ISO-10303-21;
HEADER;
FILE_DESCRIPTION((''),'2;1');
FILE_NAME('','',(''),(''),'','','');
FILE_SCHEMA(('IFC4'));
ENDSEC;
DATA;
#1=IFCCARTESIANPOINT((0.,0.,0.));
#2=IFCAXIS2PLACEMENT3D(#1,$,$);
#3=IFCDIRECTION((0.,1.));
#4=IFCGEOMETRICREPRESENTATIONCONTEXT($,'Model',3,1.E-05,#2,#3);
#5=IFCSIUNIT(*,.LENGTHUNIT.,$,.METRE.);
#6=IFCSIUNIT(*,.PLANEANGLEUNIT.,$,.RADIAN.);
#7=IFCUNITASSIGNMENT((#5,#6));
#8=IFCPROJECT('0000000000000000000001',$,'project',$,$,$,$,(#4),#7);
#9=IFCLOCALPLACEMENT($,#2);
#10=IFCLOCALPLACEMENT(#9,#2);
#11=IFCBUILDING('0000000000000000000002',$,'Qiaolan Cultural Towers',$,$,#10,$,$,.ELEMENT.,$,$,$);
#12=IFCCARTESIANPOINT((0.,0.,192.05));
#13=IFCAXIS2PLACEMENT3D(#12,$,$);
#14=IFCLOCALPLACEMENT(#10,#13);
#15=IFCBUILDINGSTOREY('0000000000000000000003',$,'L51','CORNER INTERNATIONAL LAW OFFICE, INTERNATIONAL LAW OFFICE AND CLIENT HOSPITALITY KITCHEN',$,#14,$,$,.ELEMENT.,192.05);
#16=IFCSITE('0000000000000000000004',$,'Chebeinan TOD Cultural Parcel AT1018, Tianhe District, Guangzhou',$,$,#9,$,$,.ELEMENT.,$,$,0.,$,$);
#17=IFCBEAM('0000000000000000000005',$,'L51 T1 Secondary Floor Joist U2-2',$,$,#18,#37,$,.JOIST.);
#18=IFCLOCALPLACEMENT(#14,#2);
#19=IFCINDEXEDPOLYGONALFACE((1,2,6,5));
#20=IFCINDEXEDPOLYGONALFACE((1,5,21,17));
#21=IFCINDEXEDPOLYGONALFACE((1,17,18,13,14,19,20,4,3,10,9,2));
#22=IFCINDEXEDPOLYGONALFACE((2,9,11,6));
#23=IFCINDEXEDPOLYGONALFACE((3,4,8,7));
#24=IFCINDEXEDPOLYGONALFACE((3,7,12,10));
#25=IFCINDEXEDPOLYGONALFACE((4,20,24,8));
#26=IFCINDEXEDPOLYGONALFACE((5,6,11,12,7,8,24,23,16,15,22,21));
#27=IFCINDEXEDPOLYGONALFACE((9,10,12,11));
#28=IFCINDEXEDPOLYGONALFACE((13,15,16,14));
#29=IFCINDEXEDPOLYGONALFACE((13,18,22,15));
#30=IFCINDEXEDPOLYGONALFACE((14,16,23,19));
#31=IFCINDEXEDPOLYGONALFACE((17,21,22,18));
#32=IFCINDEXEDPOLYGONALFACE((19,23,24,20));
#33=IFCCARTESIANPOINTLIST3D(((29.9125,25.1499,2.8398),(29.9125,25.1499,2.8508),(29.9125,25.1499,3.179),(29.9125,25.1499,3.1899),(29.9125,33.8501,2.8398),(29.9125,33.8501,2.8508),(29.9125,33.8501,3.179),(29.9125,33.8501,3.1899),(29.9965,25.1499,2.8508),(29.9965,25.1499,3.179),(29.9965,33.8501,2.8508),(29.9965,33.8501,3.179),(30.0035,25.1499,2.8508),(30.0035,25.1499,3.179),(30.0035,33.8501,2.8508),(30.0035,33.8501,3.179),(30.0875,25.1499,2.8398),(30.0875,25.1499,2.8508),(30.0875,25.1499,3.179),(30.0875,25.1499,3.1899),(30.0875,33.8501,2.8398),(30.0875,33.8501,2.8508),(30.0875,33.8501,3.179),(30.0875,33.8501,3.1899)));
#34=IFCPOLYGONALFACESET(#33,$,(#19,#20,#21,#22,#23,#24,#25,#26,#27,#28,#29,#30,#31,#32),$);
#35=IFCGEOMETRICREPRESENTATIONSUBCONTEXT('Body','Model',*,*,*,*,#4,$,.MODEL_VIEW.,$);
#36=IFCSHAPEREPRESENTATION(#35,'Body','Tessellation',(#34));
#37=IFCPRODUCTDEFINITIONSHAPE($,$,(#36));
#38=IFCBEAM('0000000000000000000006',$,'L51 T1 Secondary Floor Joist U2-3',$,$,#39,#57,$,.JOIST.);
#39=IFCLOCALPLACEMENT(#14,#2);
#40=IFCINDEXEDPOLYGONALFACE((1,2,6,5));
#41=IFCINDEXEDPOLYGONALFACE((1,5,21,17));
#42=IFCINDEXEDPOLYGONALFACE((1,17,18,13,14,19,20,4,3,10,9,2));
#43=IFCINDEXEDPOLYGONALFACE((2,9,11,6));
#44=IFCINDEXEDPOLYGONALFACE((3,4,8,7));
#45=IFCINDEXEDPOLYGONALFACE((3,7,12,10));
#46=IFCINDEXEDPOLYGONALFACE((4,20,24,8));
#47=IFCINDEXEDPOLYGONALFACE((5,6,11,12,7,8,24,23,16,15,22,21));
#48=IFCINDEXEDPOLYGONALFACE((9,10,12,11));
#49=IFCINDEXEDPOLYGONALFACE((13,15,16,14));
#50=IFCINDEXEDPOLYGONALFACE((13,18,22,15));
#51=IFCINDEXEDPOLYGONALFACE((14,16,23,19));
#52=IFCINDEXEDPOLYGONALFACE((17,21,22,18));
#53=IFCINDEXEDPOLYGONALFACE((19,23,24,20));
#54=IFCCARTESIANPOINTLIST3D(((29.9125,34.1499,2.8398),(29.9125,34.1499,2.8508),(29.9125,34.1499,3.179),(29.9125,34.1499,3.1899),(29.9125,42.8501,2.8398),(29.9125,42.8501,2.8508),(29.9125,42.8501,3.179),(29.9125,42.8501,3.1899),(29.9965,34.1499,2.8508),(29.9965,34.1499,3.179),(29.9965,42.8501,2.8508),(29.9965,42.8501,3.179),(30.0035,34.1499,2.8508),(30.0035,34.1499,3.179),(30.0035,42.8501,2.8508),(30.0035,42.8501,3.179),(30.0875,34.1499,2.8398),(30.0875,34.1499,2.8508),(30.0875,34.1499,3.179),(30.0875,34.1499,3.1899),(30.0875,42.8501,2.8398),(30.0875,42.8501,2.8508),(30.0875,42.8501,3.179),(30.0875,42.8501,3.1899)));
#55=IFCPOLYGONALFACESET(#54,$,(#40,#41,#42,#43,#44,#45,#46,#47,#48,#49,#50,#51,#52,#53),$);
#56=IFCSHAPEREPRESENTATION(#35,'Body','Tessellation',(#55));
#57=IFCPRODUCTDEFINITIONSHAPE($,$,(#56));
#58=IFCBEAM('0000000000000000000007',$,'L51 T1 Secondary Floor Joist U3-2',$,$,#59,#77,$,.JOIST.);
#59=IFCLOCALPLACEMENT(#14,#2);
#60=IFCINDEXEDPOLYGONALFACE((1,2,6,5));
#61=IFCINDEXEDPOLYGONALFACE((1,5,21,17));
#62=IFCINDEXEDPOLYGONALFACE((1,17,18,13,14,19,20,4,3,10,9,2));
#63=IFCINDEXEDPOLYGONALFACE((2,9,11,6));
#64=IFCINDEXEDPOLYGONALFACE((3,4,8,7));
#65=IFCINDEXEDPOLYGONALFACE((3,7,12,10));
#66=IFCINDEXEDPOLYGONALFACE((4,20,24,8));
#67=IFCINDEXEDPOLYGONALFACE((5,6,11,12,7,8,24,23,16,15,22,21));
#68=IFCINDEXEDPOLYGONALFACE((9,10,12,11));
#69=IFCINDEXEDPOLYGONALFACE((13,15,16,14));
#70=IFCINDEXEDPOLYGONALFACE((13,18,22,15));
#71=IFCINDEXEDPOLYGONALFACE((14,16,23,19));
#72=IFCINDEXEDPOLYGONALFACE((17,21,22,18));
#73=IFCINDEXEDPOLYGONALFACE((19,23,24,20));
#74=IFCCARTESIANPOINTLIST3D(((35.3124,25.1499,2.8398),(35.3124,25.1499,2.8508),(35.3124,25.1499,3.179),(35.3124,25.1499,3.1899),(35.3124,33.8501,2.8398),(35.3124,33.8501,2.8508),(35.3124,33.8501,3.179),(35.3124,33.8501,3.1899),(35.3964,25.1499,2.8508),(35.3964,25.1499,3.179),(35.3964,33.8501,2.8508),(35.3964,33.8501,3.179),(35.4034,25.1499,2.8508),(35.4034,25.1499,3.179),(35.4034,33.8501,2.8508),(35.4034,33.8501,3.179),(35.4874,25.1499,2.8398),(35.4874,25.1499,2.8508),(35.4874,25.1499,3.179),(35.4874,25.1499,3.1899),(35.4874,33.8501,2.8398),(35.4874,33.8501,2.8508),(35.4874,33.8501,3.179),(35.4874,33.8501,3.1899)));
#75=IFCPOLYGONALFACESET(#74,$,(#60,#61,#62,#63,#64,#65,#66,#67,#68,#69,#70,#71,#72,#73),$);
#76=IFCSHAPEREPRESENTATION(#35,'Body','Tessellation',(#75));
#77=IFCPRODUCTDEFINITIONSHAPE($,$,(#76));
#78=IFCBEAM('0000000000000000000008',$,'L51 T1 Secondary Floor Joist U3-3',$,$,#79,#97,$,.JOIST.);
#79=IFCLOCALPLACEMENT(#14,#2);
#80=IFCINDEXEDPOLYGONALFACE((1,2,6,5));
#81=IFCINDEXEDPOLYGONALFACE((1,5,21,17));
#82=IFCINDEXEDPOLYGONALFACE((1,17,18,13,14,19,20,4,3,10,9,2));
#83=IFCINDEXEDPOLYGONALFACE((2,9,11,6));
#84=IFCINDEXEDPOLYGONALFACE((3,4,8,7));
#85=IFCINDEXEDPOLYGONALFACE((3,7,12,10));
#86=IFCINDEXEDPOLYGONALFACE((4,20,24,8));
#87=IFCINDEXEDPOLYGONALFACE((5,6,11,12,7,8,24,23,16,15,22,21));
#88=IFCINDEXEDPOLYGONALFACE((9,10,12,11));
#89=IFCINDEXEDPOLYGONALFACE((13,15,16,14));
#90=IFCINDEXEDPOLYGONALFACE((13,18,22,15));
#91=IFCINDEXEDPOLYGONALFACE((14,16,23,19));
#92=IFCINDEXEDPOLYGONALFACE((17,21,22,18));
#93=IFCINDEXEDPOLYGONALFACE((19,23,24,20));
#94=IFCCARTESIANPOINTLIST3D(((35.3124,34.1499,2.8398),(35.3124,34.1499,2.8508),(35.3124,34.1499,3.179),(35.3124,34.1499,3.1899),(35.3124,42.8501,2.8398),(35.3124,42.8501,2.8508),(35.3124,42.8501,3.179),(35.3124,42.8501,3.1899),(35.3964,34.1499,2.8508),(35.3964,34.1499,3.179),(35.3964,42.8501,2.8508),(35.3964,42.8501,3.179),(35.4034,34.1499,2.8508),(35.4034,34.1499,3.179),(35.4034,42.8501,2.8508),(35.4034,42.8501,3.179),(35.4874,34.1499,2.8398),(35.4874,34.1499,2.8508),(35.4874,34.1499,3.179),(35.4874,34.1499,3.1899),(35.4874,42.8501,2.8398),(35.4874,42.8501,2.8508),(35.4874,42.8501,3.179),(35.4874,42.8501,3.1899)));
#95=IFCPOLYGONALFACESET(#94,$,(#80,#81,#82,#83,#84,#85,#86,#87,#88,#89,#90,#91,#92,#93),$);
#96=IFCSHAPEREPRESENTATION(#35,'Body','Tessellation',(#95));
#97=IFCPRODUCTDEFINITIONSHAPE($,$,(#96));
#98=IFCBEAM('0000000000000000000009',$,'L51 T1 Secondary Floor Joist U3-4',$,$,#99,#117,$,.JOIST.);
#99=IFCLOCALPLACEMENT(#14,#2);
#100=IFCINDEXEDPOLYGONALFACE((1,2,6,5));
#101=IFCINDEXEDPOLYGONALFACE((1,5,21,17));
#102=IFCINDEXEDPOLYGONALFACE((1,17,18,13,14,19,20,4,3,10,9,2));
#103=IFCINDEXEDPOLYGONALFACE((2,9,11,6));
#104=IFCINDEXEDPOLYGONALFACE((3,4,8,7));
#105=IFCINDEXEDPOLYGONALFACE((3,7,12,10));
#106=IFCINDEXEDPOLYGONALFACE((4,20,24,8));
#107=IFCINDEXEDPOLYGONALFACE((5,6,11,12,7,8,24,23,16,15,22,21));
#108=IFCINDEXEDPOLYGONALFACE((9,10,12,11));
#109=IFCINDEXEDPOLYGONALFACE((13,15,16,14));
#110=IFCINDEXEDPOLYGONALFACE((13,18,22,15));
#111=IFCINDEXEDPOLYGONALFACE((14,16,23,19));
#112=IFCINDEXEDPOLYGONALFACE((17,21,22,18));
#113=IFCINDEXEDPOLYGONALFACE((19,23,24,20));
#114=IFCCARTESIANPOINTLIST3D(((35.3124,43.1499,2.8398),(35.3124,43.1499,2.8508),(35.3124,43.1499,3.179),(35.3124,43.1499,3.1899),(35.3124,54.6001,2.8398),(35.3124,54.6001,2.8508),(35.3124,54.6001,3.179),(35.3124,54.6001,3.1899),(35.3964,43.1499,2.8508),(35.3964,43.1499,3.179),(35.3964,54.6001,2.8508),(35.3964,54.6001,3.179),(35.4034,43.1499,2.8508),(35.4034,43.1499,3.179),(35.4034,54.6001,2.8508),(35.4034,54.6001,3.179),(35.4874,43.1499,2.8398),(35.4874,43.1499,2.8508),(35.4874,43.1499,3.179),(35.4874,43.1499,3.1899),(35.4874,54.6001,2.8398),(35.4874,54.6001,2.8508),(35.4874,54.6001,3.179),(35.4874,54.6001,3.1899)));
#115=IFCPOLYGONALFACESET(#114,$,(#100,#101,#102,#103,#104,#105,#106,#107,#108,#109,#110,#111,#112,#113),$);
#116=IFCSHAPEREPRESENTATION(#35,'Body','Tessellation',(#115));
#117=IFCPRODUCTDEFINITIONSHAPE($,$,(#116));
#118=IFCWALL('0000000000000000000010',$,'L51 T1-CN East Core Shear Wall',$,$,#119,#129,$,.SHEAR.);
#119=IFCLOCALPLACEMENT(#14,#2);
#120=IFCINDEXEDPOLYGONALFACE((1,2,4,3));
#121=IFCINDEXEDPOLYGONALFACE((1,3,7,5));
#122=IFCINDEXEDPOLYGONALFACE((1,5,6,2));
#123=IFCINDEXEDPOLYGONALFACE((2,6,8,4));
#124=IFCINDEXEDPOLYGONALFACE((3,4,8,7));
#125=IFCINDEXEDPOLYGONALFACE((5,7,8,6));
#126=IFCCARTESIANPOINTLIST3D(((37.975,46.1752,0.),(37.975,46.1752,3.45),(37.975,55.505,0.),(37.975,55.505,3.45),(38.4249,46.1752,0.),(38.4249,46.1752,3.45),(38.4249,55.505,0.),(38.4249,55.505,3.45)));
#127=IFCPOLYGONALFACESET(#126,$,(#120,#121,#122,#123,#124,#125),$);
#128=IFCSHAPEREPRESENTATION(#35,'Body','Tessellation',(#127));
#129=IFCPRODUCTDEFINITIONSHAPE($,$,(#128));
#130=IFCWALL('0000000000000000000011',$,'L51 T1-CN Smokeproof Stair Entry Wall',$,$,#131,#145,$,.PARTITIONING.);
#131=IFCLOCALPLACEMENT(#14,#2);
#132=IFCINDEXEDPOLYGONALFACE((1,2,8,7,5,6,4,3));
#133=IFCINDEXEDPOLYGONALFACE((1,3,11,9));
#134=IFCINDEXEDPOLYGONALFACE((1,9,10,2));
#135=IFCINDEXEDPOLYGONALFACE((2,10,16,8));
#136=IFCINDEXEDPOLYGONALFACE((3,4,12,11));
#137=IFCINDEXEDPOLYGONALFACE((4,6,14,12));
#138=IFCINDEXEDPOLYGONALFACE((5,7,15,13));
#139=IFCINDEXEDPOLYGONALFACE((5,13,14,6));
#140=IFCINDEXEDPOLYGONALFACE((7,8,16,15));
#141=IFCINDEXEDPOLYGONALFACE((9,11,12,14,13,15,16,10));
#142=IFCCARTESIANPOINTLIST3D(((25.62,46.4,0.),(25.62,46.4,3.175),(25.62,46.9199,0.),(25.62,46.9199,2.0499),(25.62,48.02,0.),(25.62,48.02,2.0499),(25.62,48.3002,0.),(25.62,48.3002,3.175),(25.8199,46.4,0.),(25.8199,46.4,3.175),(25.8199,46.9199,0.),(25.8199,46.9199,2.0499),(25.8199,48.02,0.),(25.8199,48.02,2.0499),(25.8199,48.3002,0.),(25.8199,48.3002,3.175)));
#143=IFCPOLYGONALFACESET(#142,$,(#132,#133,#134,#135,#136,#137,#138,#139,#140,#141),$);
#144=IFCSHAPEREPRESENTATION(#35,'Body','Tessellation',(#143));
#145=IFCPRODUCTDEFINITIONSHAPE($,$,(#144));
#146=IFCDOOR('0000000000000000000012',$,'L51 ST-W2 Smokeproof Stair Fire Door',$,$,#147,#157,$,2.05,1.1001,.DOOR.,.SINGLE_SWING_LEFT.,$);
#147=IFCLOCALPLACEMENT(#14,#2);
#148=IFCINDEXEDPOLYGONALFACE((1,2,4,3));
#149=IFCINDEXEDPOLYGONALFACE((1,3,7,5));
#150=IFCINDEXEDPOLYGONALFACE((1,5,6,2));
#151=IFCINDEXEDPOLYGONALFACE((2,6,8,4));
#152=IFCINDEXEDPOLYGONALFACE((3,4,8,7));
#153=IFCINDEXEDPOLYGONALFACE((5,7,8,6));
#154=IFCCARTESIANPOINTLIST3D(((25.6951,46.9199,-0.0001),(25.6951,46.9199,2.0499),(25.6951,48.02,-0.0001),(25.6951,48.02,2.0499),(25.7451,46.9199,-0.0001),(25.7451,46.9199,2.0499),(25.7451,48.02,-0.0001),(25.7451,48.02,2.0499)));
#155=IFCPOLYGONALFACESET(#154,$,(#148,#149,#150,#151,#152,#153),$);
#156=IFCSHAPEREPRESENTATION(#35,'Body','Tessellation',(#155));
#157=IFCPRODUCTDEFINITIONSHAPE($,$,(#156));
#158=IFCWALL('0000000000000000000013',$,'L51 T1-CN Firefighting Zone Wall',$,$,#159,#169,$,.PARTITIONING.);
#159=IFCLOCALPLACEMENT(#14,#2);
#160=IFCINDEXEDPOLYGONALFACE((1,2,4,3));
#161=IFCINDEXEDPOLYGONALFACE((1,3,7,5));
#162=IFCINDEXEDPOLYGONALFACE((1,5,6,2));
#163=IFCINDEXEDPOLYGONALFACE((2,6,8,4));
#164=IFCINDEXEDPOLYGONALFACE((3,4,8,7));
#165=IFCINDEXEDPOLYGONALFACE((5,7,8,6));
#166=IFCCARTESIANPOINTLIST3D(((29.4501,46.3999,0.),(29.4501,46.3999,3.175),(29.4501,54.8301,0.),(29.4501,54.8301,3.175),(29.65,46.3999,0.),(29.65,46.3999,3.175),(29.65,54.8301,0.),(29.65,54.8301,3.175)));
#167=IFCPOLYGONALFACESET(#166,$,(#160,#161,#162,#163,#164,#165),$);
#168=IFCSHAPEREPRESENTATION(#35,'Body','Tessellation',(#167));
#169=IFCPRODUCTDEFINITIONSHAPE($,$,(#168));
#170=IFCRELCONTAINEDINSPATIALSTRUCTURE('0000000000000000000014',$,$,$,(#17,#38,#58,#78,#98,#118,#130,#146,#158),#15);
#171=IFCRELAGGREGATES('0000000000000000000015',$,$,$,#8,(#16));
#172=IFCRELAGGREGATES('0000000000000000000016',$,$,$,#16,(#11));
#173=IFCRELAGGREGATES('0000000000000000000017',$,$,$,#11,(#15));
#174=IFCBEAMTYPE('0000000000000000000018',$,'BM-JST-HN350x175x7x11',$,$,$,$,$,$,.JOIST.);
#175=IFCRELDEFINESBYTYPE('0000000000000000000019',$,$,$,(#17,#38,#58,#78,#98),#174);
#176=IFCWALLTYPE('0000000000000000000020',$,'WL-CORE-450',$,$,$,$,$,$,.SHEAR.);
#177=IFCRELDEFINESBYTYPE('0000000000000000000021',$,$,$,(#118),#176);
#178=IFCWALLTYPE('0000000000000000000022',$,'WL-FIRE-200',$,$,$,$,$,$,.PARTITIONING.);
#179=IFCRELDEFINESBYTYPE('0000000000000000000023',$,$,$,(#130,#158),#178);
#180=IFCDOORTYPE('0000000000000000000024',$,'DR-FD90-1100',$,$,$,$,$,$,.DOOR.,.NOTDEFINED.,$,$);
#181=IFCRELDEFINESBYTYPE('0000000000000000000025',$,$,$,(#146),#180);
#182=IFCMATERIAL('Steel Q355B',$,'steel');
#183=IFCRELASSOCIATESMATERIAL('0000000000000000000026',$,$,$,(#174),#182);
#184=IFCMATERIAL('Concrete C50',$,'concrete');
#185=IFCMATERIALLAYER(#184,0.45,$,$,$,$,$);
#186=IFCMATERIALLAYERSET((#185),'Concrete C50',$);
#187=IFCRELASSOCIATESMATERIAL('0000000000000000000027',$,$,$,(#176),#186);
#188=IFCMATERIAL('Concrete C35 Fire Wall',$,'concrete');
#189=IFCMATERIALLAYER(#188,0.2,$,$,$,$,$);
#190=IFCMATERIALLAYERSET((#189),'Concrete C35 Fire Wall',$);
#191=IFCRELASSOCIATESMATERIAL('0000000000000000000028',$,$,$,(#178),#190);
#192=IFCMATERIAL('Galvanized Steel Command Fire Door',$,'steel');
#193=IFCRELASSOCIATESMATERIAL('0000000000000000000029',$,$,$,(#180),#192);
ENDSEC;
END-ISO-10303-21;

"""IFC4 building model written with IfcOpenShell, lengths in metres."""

from ifc_helpers import new_model, si_unit, direction, frame, frame_2d, origin, origin_2d, place, context, subcontext, project, spatial, rectangle, i_section, extrude, material, layer, layer_set, material_profile, profile_set, type_object, element, fill, save


model = new_model("IFC4")

# Units and contexts
model_context = context("Model", 3, precision=1e-05, world=origin(), true_north=direction((0.0, 1.0)))
body_context = subcontext(model_context, "Body", "Model", "MODEL_VIEW")
ifc_project = project(units=[si_unit("LENGTHUNIT", "METRE"), si_unit("PLANEANGLEUNIT", "RADIAN")], contexts=[model_context])

# Site, building, storey
site_placement = place(None, origin())
site = spatial("IfcSite", under=ifc_project, at=site_placement, Name="Chebeinan TOD Cultural Parcel AT1018, Tianhe District, Guangzhou", CompositionType="ELEMENT", RefElevation=0.0)
building_placement = place(site_placement, origin())
building = spatial("IfcBuilding", under=site, at=building_placement, Name="Qiaolan Cultural Towers", CompositionType="ELEMENT")
storey_placement = place(building_placement, frame((0.0, 0.0, 192.05)))
storey = spatial("IfcBuildingStorey", under=building, at=storey_placement, Name="L51", Description="CORNER INTERNATIONAL LAW OFFICE, INTERNATIONAL LAW OFFICE AND CLIENT HOSPITALITY KITCHEN", CompositionType="ELEMENT", Elevation=192.05)

# Beams
ifc_material_1 = material(Name="Steel Q355B", Category="steel")
ifc_material_profile = material_profile(ifc_material_1, i_section(OverallWidth=0.175, OverallDepth=0.3501, WebThickness=0.0071, FlangeThickness=0.011, at=origin_2d()), Name="HN350x175x7x11")
ifc_profile_set = profile_set([ifc_material_profile], Name="Steel Q355B")
beam_type = type_object("IfcBeamType", Name="BM-JST-HN350x175x7x11", PredefinedType="JOIST", material=ifc_profile_set)
for number, where, z_axis, x_axis, name in (
    (1, (30.0, 25.1499, 3.0149), (0.0, 1.0, 0.0), (-1.0, 0.0, 0.0), "L51 T1 Secondary Floor Joist U2-2"),
    (2, (30.0, 34.1499, 3.0149), (0.0, 1.0, 0.0), (-1.0, 0.0, 0.0), "L51 T1 Secondary Floor Joist U2-3"),
    (3, (35.3999, 25.1499, 3.0149), (0.0, 1.0, 0.0), (-1.0, 0.0, 0.0), "L51 T1 Secondary Floor Joist U3-2"),
    (4, (35.3999, 34.1499, 3.0149), (0.0, 1.0, 0.0), (-1.0, 0.0, 0.0), "L51 T1 Secondary Floor Joist U3-3"),
):
    element("IfcBeam", number, at=place(storey_placement, frame(where, z_axis=z_axis, x_axis=x_axis)), inside=storey, type_object=beam_type, Name=name, PredefinedType="JOIST", context=body_context, shape_type="SweptSolid", body=[
        extrude(i_section(OverallWidth=0.175, OverallDepth=0.3501, WebThickness=0.0071, FlangeThickness=0.011, at=origin_2d()), origin(), (0.0, 0.0, 1.0), 8.7002),
    ])
beam_placement = place(storey_placement, frame((35.3999, 43.1499, 3.0149), z_axis=(0.0, 1.0, 0.0), x_axis=(-1.0, 0.0, 0.0)))
element("IfcBeam", 5, at=beam_placement, inside=storey, type_object=beam_type, Name="L51 T1 Secondary Floor Joist U3-4", PredefinedType="JOIST", context=body_context, shape_type="SweptSolid", body=[
    extrude(i_section(OverallWidth=0.175, OverallDepth=0.3501, WebThickness=0.0071, FlangeThickness=0.011, at=origin_2d()), origin(), (0.0, 0.0, 1.0), 11.4502),
])

# Wall
ifc_material_2 = material(Name="Concrete C50", Category="concrete")
ifc_layer_1 = layer(ifc_material_2, 0.45)
ifc_layer_set_1 = layer_set([ifc_layer_1], Name="Concrete C50")
wall_type_1 = type_object("IfcWallType", Name="WL-CORE-450", PredefinedType="SHEAR", material=ifc_layer_set_1)
wall_1_placement = place(storey_placement, frame((38.2, 46.175, 0.0), z_axis=(0.0, 0.0, 1.0), x_axis=(0.0, 1.0, 0.0)))
element("IfcWall", 6, at=wall_1_placement, inside=storey, type_object=wall_type_1, Name="L51 T1-CN East Core Shear Wall", PredefinedType="SHEAR", context=body_context, shape_type="SweptSolid", body=[
    extrude(rectangle(XDim=9.3298, YDim=0.45, at=frame_2d((4.665, 0.0))), origin(), (0.0, 0.0, 1.0), 3.45),
])

# Wall, opening, door
ifc_material_3 = material(Name="Concrete C35 Fire Wall", Category="concrete")
ifc_layer_2 = layer(ifc_material_3, 0.2)
ifc_layer_set_2 = layer_set([ifc_layer_2], Name="Concrete C35 Fire Wall")
wall_type_2 = type_object("IfcWallType", Name="WL-FIRE-200", PredefinedType="PARTITIONING", material=ifc_layer_set_2)
wall_2_placement = place(storey_placement, frame((25.72, 46.3999, 0.0), z_axis=(0.0, 0.0, 1.0), x_axis=(0.0, 1.0, 0.0)))
wall_2 = element("IfcWall", 7, at=wall_2_placement, inside=storey, type_object=wall_type_2, Name="L51 T1-CN Smokeproof Stair Entry Wall", PredefinedType="PARTITIONING", context=body_context, shape_type="SweptSolid", body=[
    extrude(rectangle(XDim=1.9001, YDim=0.2, at=frame_2d((0.9502, 0.0))), origin(), (0.0, 0.0, 1.0), 3.175),
])
opening_1_placement = place(wall_2_placement, frame((0.52, 0.0, 0.0)))
opening_1 = element("IfcOpeningElement", 8, at=opening_1_placement, cuts=wall_2, PredefinedType="OPENING", context=body_context, shape_type="SweptSolid", body=[
    extrude(rectangle(XDim=1.1001, YDim=2.05, at=frame_2d((0.55, 1.0249))), frame((0.0, 0.1099, 0.0), z_axis=(0.0, -1.0, 0.0), x_axis=(1.0, 0.0, 0.0)), (0.0, 0.0, 1.0), 0.22),
])
ifc_material_4 = material(Name="Galvanized Steel Command Fire Door", Category="steel")
door_type_1 = type_object("IfcDoorType", Name="DR-FD90-1100", OperationType="NOTDEFINED", PredefinedType="DOOR", material=ifc_material_4)
door_1_placement = place(opening_1_placement, origin())
door_1 = element("IfcDoor", 9, at=door_1_placement, inside=storey, type_object=door_type_1, Name="L51 ST-W2 Smokeproof Stair Fire Door", OperationType="SINGLE_SWING_LEFT", OverallHeight=2.05, OverallWidth=1.1001, PredefinedType="DOOR", context=body_context, shape_type="SweptSolid", body=[
    extrude(rectangle(XDim=1.1001, YDim=2.05, at=frame_2d((0.55, 1.0249))), frame((0.0, 0.0249, 0.0), z_axis=(0.0, -1.0, 0.0), x_axis=(1.0, 0.0, 0.0)), (0.0, 0.0, 1.0), 0.05),
])
fill(opening_1, door_1)

# Wall
wall_3_placement = place(storey_placement, frame((29.55, 46.3999, 0.0), z_axis=(0.0, 0.0, 1.0), x_axis=(0.0, 1.0, 0.0)))
element("IfcWall", 10, at=wall_3_placement, inside=storey, type_object=wall_type_2, Name="L51 T1-CN Firefighting Zone Wall", PredefinedType="PARTITIONING", context=body_context, shape_type="SweptSolid", body=[
    extrude(rectangle(XDim=8.4302, YDim=0.2, at=frame_2d((4.2151, 0.0))), origin(), (0.0, 0.0, 1.0), 3.175),
])

save(model, "model.ifc")
